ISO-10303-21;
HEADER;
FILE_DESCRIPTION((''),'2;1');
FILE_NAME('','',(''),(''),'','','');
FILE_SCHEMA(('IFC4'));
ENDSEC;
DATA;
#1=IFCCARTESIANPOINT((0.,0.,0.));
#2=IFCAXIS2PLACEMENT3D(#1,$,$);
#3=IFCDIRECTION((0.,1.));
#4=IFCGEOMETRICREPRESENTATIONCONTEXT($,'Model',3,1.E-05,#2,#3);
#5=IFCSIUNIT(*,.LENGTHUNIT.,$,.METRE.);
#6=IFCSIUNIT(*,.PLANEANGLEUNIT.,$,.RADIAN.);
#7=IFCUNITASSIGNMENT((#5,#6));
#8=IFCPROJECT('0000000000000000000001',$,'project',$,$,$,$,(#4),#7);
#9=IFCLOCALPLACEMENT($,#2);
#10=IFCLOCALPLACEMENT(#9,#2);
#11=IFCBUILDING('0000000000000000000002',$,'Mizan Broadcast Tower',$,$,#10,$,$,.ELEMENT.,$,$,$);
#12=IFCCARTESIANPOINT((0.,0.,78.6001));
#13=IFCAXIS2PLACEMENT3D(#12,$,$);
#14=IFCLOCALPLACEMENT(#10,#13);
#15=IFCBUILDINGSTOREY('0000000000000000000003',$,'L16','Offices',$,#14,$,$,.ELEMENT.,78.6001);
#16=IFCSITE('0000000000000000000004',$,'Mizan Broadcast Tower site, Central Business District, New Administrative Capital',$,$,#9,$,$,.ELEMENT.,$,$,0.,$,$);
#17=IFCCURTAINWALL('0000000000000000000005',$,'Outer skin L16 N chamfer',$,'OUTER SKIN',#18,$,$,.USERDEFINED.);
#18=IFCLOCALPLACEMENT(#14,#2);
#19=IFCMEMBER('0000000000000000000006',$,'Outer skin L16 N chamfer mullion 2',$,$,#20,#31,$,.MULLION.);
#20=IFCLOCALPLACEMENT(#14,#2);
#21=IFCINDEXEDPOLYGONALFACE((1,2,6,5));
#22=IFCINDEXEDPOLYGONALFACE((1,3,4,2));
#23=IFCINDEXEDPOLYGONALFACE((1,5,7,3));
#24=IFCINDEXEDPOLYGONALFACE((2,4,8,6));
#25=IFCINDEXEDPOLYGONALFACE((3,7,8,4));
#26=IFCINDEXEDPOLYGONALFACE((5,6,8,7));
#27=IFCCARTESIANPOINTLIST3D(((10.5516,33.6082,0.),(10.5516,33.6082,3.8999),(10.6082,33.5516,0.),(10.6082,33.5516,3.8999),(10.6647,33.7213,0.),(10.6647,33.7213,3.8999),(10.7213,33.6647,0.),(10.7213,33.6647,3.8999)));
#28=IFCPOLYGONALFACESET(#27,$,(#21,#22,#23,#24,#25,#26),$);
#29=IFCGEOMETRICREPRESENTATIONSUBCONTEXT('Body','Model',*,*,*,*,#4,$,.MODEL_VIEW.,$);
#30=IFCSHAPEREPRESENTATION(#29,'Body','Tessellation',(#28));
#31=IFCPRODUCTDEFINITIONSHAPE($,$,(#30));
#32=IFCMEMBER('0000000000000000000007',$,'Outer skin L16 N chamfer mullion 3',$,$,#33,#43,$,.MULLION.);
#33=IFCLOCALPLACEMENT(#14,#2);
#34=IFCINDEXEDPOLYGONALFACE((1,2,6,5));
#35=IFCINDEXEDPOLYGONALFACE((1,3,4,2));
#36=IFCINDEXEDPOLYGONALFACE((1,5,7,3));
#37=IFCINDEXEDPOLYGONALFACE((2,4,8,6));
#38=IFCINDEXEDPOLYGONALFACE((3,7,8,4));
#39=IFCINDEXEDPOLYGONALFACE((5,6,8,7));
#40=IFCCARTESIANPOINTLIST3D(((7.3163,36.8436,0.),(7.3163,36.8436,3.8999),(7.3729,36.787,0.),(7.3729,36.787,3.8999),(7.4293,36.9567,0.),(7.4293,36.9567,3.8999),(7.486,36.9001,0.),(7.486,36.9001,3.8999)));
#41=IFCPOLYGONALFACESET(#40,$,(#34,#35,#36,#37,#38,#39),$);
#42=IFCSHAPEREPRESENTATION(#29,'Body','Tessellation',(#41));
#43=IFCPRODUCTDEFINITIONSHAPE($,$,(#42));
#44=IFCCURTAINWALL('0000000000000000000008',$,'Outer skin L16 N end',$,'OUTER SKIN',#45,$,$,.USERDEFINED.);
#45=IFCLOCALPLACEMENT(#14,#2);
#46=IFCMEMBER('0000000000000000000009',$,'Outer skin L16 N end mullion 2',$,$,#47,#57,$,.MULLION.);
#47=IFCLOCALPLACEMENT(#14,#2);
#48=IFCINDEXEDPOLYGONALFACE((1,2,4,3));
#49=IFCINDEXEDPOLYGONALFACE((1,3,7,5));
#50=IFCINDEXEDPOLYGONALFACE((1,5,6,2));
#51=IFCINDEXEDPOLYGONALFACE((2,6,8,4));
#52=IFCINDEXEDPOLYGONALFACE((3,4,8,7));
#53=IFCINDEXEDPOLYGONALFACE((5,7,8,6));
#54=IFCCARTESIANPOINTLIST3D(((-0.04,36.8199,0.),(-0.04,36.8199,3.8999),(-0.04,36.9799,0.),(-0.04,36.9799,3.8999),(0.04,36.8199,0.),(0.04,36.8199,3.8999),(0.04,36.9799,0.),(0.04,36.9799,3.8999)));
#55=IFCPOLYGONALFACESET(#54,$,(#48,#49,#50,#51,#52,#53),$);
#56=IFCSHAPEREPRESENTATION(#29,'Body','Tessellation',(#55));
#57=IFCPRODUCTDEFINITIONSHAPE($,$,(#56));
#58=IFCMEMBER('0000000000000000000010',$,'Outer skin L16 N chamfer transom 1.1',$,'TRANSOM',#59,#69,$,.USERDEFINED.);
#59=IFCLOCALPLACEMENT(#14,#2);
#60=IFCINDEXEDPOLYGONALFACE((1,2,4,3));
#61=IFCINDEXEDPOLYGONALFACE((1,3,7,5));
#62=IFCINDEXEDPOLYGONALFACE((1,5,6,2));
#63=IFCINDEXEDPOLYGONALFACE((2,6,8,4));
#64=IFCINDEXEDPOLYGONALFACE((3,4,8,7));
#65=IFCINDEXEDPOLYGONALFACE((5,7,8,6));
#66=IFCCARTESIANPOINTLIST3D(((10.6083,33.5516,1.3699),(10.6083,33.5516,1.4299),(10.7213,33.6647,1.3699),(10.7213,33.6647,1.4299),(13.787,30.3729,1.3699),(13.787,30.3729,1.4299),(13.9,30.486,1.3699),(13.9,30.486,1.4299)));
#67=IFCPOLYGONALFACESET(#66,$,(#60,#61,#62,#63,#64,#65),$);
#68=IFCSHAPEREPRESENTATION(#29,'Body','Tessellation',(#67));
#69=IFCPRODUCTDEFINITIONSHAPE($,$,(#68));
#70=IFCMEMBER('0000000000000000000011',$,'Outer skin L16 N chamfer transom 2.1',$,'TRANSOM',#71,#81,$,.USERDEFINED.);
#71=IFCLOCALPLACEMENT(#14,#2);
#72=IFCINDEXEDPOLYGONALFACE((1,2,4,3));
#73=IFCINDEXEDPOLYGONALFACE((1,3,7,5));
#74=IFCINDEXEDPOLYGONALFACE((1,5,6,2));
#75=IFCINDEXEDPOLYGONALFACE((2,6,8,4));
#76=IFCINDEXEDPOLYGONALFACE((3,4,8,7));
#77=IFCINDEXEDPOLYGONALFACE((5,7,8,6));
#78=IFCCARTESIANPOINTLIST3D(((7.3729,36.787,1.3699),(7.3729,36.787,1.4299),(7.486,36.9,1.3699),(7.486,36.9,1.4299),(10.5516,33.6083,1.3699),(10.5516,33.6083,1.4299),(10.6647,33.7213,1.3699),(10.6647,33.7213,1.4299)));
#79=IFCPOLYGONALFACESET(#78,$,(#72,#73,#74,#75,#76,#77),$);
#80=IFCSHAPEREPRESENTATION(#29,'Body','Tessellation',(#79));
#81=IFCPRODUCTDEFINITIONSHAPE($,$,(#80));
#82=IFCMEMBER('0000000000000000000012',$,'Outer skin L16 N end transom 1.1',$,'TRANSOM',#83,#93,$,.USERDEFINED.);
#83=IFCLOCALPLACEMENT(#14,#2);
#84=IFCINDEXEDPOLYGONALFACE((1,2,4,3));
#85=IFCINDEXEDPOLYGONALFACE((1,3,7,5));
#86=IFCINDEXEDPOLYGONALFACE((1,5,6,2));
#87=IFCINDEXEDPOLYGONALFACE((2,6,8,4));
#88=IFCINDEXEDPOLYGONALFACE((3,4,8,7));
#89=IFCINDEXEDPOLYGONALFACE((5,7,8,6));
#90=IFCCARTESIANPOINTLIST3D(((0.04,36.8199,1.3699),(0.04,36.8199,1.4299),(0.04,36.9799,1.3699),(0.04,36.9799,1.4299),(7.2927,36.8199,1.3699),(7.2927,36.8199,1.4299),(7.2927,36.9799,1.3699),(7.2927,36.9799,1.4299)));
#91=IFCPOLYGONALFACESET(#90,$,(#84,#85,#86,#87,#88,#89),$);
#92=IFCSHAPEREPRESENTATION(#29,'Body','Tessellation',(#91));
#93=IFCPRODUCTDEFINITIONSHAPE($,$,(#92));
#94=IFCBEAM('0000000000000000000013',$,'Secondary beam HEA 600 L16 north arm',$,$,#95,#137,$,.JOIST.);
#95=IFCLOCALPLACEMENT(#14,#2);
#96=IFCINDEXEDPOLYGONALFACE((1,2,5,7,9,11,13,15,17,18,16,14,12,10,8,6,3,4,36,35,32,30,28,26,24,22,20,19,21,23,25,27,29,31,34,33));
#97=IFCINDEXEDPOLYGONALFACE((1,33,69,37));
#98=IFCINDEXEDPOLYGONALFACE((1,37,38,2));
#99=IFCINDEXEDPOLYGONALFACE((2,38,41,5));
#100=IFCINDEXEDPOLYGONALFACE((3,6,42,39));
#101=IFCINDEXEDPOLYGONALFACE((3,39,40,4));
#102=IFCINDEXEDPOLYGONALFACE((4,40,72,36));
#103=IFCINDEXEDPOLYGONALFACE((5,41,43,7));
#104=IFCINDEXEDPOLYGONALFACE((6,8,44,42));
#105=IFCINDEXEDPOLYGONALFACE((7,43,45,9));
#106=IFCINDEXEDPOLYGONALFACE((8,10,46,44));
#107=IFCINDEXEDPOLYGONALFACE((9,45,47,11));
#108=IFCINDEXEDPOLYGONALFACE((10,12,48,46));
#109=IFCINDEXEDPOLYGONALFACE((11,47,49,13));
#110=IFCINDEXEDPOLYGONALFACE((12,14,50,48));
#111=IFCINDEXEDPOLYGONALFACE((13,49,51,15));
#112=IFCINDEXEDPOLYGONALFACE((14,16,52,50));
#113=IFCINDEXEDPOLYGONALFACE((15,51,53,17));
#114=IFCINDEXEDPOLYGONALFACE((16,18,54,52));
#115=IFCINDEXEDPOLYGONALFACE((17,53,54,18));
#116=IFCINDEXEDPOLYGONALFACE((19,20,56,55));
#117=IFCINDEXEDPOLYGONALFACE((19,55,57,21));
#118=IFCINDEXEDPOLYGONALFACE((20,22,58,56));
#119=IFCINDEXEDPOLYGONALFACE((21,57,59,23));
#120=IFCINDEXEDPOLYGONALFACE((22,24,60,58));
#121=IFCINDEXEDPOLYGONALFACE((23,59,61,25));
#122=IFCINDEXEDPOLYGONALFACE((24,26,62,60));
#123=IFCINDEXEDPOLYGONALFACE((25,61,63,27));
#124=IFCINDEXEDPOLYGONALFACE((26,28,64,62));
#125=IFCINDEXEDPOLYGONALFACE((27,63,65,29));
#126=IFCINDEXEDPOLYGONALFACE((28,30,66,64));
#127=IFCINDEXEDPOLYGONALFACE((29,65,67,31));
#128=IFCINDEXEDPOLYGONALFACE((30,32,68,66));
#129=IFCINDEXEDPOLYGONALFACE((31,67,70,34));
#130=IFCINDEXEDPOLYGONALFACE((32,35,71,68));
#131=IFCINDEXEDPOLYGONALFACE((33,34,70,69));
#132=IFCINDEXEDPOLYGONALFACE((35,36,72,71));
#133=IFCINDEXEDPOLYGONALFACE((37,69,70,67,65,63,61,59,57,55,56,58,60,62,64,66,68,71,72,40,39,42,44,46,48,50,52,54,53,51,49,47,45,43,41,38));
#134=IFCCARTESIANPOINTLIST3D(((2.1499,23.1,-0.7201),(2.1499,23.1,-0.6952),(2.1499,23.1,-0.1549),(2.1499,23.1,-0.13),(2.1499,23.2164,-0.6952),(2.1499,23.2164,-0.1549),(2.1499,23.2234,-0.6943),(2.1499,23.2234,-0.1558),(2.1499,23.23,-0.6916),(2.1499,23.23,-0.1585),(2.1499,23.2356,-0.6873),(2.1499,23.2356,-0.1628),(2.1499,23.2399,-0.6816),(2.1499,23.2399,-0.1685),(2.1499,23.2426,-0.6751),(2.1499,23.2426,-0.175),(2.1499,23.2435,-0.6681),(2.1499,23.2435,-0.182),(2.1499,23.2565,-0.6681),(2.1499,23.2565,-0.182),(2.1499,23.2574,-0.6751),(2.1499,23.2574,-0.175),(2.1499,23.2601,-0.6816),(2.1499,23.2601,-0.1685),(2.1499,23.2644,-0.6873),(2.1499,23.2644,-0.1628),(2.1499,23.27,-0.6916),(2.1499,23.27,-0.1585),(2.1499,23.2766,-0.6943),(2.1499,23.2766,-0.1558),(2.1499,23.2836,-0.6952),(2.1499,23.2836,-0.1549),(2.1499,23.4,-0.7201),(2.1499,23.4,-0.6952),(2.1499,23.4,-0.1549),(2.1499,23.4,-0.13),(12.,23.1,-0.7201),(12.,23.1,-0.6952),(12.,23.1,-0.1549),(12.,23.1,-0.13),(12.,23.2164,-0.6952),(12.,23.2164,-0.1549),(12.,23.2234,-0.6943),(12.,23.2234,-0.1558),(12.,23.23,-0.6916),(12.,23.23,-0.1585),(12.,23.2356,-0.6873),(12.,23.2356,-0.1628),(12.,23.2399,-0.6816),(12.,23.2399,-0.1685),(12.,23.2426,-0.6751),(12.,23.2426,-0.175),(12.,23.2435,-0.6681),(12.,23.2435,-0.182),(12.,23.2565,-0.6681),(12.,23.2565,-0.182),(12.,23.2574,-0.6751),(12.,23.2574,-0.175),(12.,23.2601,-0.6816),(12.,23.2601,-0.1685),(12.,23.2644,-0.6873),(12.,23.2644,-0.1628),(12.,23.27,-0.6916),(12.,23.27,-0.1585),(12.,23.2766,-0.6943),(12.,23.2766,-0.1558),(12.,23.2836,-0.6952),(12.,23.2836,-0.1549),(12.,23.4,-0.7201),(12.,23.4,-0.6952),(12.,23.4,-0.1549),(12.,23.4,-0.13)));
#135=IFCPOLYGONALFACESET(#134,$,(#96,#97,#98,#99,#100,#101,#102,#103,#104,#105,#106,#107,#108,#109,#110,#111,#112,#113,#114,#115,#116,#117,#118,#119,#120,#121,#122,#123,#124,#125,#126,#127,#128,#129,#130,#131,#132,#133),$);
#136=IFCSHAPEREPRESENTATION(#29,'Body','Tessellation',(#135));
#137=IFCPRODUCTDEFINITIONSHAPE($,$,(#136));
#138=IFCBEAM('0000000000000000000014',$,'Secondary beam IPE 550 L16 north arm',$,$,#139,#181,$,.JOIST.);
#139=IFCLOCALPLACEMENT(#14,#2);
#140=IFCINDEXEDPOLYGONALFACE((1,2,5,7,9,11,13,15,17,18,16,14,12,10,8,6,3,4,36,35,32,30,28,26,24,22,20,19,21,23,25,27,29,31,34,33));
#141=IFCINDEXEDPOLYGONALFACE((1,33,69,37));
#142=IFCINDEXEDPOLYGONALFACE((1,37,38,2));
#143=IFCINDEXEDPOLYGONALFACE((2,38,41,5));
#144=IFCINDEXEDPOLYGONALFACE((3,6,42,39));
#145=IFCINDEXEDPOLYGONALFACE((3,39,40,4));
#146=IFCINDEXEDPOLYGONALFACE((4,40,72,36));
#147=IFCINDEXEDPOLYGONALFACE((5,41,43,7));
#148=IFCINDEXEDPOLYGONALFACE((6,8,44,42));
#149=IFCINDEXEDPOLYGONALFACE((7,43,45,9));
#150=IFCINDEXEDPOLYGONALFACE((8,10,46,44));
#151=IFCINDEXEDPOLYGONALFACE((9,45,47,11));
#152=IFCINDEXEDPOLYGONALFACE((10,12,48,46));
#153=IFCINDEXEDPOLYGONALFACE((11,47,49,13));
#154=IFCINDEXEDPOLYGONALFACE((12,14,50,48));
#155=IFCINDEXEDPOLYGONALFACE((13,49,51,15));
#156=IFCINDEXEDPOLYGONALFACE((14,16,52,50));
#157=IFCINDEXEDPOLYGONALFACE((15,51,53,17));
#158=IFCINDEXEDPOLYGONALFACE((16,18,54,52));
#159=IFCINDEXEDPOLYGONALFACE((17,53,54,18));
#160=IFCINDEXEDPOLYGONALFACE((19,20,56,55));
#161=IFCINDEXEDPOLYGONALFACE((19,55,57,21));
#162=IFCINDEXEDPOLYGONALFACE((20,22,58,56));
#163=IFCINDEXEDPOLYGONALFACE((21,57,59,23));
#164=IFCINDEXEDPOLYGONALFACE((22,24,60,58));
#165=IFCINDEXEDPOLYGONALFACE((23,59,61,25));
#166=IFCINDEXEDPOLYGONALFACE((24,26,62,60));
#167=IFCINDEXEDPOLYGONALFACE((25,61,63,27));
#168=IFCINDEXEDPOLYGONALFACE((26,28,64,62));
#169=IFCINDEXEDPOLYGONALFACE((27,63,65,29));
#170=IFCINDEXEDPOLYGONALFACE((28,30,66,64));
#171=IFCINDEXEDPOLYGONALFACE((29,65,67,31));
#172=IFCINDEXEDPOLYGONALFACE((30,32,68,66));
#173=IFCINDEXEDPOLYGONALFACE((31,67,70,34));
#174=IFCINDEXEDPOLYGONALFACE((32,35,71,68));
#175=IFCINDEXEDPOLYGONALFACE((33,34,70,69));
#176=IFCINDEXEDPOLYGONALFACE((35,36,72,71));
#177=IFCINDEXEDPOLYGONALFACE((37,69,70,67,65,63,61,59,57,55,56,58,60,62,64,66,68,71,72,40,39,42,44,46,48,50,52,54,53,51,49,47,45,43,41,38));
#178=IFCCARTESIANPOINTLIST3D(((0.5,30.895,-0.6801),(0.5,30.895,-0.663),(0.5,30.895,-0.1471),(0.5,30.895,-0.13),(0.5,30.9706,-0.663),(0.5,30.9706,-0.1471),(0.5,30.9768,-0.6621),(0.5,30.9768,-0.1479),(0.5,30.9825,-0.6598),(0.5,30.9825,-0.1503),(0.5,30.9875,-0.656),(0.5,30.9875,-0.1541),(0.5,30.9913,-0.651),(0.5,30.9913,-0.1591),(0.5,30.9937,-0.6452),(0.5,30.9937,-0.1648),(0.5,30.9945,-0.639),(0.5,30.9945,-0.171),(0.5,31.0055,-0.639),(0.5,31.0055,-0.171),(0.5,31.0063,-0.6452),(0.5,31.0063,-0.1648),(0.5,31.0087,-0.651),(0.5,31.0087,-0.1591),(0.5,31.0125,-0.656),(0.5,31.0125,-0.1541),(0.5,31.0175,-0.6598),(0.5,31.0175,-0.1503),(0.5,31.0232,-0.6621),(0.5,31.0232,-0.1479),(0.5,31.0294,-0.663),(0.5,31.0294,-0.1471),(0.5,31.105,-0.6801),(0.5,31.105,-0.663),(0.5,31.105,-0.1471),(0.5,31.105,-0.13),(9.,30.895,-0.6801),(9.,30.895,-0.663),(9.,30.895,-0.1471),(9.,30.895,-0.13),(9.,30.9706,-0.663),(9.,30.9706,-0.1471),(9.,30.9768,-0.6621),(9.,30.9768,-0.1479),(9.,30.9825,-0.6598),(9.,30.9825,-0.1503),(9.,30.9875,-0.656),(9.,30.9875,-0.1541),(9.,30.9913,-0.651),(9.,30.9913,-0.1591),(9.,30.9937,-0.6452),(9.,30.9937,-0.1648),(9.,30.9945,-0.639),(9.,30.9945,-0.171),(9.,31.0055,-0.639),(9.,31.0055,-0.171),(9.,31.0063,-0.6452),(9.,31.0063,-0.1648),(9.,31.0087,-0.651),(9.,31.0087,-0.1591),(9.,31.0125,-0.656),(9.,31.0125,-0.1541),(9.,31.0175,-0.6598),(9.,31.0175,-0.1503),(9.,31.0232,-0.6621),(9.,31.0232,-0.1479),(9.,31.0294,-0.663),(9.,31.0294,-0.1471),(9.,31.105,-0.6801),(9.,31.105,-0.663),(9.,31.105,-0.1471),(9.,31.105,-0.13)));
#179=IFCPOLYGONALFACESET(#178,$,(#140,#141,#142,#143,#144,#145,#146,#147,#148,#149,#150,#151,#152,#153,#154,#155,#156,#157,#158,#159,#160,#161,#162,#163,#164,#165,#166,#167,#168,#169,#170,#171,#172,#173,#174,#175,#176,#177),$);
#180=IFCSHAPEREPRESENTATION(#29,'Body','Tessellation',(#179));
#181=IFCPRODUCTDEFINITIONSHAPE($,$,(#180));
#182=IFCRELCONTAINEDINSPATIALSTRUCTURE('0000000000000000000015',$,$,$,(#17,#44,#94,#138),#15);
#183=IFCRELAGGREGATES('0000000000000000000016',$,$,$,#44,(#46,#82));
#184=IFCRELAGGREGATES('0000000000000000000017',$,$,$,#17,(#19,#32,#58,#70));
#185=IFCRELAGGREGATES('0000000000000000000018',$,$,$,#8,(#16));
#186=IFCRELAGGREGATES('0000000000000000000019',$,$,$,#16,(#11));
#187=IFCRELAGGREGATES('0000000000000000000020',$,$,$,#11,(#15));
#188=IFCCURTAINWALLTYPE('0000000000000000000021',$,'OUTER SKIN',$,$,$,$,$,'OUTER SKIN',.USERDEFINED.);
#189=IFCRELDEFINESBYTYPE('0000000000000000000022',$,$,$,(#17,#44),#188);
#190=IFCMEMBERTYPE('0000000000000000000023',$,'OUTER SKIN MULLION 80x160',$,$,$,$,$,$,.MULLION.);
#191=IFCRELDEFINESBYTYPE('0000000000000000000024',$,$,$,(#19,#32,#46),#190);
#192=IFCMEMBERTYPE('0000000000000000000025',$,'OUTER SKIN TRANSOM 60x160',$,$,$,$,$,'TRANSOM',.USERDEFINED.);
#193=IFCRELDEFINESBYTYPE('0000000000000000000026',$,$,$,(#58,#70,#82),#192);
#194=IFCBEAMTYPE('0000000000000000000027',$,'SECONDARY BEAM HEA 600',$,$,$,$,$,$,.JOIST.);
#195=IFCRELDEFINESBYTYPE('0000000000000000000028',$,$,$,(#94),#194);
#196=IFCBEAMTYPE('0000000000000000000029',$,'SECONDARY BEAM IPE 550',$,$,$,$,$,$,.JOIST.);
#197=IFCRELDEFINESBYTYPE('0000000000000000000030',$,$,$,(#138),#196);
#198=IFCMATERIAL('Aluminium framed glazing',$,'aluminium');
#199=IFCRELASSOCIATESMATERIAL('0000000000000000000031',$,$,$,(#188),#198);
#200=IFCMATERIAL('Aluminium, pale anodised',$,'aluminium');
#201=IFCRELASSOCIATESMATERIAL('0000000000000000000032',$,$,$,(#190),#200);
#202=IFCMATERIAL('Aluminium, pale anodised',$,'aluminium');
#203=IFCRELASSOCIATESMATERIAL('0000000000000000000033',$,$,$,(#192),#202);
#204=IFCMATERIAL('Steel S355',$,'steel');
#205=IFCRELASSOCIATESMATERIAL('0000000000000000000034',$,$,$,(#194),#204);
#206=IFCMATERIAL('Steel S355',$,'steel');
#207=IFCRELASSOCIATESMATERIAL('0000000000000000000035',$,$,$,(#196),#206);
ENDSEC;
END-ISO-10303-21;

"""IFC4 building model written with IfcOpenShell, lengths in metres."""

from ifc_helpers import new_model, si_unit, direction, frame, origin, origin_2d, place, context, subcontext, project, spatial, rectangle, i_section, extrude, material, material_profile, profile_set, type_object, element, aggregate, save


model = new_model("IFC4")

# Units and contexts
model_context = context("Model", 3, precision=1e-05, world=origin(), true_north=direction((0.0, 1.0)))
body_context = subcontext(model_context, "Body", "Model", "MODEL_VIEW")
ifc_project = project(units=[si_unit("LENGTHUNIT", "METRE"), si_unit("PLANEANGLEUNIT", "RADIAN")], contexts=[model_context])

# Site, building, storey
site_placement = place(None, origin())
site = spatial("IfcSite", under=ifc_project, at=site_placement, Name="Mizan Broadcast Tower site, Central Business District, New Administrative Capital", CompositionType="ELEMENT", RefElevation=0.0)
building_placement = place(site_placement, origin())
building = spatial("IfcBuilding", under=site, at=building_placement, Name="Mizan Broadcast Tower", CompositionType="ELEMENT")
storey_placement = place(building_placement, frame((0.0, 0.0, 78.6001)))
storey = spatial("IfcBuildingStorey", under=building, at=storey_placement, Name="L16", Description="Offices", CompositionType="ELEMENT", Elevation=78.6001)

# Curtain wall, members
ifc_material_1 = material(Name="Aluminium framed glazing", Category="aluminium")
curtain_wall_type_1 = type_object("IfcCurtainWallType", Name="OUTER SKIN", ElementType="OUTER SKIN", PredefinedType="USERDEFINED", material=ifc_material_1)
curtain_wall_1_placement = place(storey_placement, origin())
curtain_wall_1 = element("IfcCurtainWall", 1, at=curtain_wall_1_placement, inside=storey, type_object=curtain_wall_type_1, Name="Outer skin L16 N chamfer", ObjectType="OUTER SKIN", PredefinedType="USERDEFINED")
ifc_material_2 = material(Name="Aluminium, pale anodised", Category="aluminium")
ifc_material_profile_1 = material_profile(ifc_material_2, rectangle(XDim=0.1599, YDim=0.0801, at=origin_2d()), Name="MULLION 160x80")
ifc_profile_set_1 = profile_set([ifc_material_profile_1], Name="Aluminium, pale anodised")
member_type_1 = type_object("IfcMemberType", Name="OUTER SKIN MULLION 80x160", PredefinedType="MULLION", material=ifc_profile_set_1)
member_1_placement = place(storey_placement, frame((10.6365, 33.6365, 0.0), z_axis=(0.0, 0.0, 1.0), x_axis=(-0.707107, -0.707107, 0.0)))
member_1 = element("IfcMember", 2, at=member_1_placement, type_object=member_type_1, Name="Outer skin L16 N chamfer mullion 2", PredefinedType="MULLION", context=body_context, shape_type="SweptSolid", body=[
    extrude(rectangle(XDim=0.1599, YDim=0.0801, at=origin_2d()), origin(), (0.0, 0.0, 1.0), 3.8999),
])
member_2_placement = place(storey_placement, frame((7.4011, 36.8718, 0.0), z_axis=(0.0, 0.0, 1.0), x_axis=(-0.707107, -0.707107, 0.0)))
member_2 = element("IfcMember", 3, at=member_2_placement, type_object=member_type_1, Name="Outer skin L16 N chamfer mullion 3", PredefinedType="MULLION", context=body_context, shape_type="SweptSolid", body=[
    extrude(rectangle(XDim=0.1599, YDim=0.0801, at=origin_2d()), origin(), (0.0, 0.0, 1.0), 3.8999),
])

# Curtain wall, member
curtain_wall_2_placement = place(storey_placement, origin())
curtain_wall_2 = element("IfcCurtainWall", 4, at=curtain_wall_2_placement, inside=storey, type_object=curtain_wall_type_1, Name="Outer skin L16 N end", ObjectType="OUTER SKIN", PredefinedType="USERDEFINED")
member_3_placement = place(storey_placement, frame((0.0, 36.8999, 0.0), z_axis=(0.0, 0.0, 1.0), x_axis=(0.0, -1.0, 0.0)))
member_3 = element("IfcMember", 5, at=member_3_placement, type_object=member_type_1, Name="Outer skin L16 N end mullion 2", PredefinedType="MULLION", context=body_context, shape_type="SweptSolid", body=[
    extrude(rectangle(XDim=0.1599, YDim=0.0801, at=origin_2d()), origin(), (0.0, 0.0, 1.0), 3.8999),
])

# Members
ifc_material_3 = material(Name="Aluminium, pale anodised", Category="aluminium")
ifc_material_profile_2 = material_profile(ifc_material_3, rectangle(XDim=0.1599, YDim=0.0601, at=origin_2d()), Name="TRANSOM 160x60")
ifc_profile_set_2 = profile_set([ifc_material_profile_2], Name="Aluminium, pale anodised")
member_type_2 = type_object("IfcMemberType", Name="OUTER SKIN TRANSOM 60x160", ElementType="TRANSOM", PredefinedType="USERDEFINED", material=ifc_profile_set_2)
member_4_placement = place(storey_placement, frame((13.8435, 30.4294, 1.3999), z_axis=(-0.707107, 0.707107, 0.0), x_axis=(-0.707107, -0.707107, 0.0)))
member_4 = element("IfcMember", 6, at=member_4_placement, type_object=member_type_2, Name="Outer skin L16 N chamfer transom 1.1", ObjectType="TRANSOM", PredefinedType="USERDEFINED", context=body_context, shape_type="SweptSolid", body=[
    extrude(rectangle(XDim=0.1599, YDim=0.0601, at=origin_2d()), origin(), (0.0, 0.0, 1.0), 4.4954),
])
member_5_placement = place(storey_placement, frame((10.6082, 33.6648, 1.3999), z_axis=(-0.707107, 0.707107, 0.0), x_axis=(-0.707107, -0.707107, 0.0)))
member_5 = element("IfcMember", 7, at=member_5_placement, type_object=member_type_2, Name="Outer skin L16 N chamfer transom 2.1", ObjectType="TRANSOM", PredefinedType="USERDEFINED", context=body_context, shape_type="SweptSolid", body=[
    extrude(rectangle(XDim=0.1599, YDim=0.0601, at=origin_2d()), origin(), (0.0, 0.0, 1.0), 4.4954),
])
member_6_placement = place(storey_placement, frame((7.2927, 36.8999, 1.3999), z_axis=(-1.0, 0.0, 0.0), x_axis=(0.0, -1.0, 0.0)))
member_6 = element("IfcMember", 8, at=member_6_placement, type_object=member_type_2, Name="Outer skin L16 N end transom 1.1", ObjectType="TRANSOM", PredefinedType="USERDEFINED", context=body_context, shape_type="SweptSolid", body=[
    extrude(rectangle(XDim=0.1599, YDim=0.0601, at=origin_2d()), origin(), (0.0, 0.0, 1.0), 7.2527),
])

# Beams
ifc_material_4 = material(Name="Steel S355", Category="steel")
ifc_material_profile_3 = material_profile(ifc_material_4, i_section(OverallWidth=0.3, OverallDepth=0.5901, WebThickness=0.0129, FlangeThickness=0.0249, FilletRadius=0.0271, at=origin_2d()), Name="HEA 600")
ifc_profile_set_3 = profile_set([ifc_material_profile_3], Name="Steel S355")
beam_type_1 = type_object("IfcBeamType", Name="SECONDARY BEAM HEA 600", PredefinedType="JOIST", material=ifc_profile_set_3)
beam_1_placement = place(storey_placement, frame((12.0, 23.25, -0.425), z_axis=(-1.0, 0.0, 0.0), x_axis=(0.0, -1.0, 0.0)))
element("IfcBeam", 9, at=beam_1_placement, inside=storey, type_object=beam_type_1, Name="Secondary beam HEA 600 L16 north arm", PredefinedType="JOIST", context=body_context, shape_type="SweptSolid", body=[
    extrude(i_section(OverallWidth=0.3, OverallDepth=0.5901, WebThickness=0.0129, FlangeThickness=0.0249, FilletRadius=0.0271, at=origin_2d()), origin(), (0.0, 0.0, 1.0), 9.8501),
])
ifc_material_5 = material(Name="Steel S355", Category="steel")
ifc_material_profile_4 = material_profile(ifc_material_5, i_section(OverallWidth=0.21, OverallDepth=0.55, WebThickness=0.011, FlangeThickness=0.0171, FilletRadius=0.0239, at=origin_2d()), Name="IPE 550")
ifc_profile_set_4 = profile_set([ifc_material_profile_4], Name="Steel S355")
beam_type_2 = type_object("IfcBeamType", Name="SECONDARY BEAM IPE 550", PredefinedType="JOIST", material=ifc_profile_set_4)
beam_2_placement = place(storey_placement, frame((9.0, 31.0, -0.405), z_axis=(-1.0, 0.0, 0.0), x_axis=(0.0, -1.0, 0.0)))
element("IfcBeam", 10, at=beam_2_placement, inside=storey, type_object=beam_type_2, Name="Secondary beam IPE 550 L16 north arm", PredefinedType="JOIST", context=body_context, shape_type="SweptSolid", body=[
    extrude(i_section(OverallWidth=0.21, OverallDepth=0.55, WebThickness=0.011, FlangeThickness=0.0171, FilletRadius=0.0239, at=origin_2d()), origin(), (0.0, 0.0, 1.0), 8.5),
])

aggregate(curtain_wall_2, [member_3, member_6])
aggregate(curtain_wall_1, [member_1, member_2, member_4, member_5])

save(model, "model.ifc")
